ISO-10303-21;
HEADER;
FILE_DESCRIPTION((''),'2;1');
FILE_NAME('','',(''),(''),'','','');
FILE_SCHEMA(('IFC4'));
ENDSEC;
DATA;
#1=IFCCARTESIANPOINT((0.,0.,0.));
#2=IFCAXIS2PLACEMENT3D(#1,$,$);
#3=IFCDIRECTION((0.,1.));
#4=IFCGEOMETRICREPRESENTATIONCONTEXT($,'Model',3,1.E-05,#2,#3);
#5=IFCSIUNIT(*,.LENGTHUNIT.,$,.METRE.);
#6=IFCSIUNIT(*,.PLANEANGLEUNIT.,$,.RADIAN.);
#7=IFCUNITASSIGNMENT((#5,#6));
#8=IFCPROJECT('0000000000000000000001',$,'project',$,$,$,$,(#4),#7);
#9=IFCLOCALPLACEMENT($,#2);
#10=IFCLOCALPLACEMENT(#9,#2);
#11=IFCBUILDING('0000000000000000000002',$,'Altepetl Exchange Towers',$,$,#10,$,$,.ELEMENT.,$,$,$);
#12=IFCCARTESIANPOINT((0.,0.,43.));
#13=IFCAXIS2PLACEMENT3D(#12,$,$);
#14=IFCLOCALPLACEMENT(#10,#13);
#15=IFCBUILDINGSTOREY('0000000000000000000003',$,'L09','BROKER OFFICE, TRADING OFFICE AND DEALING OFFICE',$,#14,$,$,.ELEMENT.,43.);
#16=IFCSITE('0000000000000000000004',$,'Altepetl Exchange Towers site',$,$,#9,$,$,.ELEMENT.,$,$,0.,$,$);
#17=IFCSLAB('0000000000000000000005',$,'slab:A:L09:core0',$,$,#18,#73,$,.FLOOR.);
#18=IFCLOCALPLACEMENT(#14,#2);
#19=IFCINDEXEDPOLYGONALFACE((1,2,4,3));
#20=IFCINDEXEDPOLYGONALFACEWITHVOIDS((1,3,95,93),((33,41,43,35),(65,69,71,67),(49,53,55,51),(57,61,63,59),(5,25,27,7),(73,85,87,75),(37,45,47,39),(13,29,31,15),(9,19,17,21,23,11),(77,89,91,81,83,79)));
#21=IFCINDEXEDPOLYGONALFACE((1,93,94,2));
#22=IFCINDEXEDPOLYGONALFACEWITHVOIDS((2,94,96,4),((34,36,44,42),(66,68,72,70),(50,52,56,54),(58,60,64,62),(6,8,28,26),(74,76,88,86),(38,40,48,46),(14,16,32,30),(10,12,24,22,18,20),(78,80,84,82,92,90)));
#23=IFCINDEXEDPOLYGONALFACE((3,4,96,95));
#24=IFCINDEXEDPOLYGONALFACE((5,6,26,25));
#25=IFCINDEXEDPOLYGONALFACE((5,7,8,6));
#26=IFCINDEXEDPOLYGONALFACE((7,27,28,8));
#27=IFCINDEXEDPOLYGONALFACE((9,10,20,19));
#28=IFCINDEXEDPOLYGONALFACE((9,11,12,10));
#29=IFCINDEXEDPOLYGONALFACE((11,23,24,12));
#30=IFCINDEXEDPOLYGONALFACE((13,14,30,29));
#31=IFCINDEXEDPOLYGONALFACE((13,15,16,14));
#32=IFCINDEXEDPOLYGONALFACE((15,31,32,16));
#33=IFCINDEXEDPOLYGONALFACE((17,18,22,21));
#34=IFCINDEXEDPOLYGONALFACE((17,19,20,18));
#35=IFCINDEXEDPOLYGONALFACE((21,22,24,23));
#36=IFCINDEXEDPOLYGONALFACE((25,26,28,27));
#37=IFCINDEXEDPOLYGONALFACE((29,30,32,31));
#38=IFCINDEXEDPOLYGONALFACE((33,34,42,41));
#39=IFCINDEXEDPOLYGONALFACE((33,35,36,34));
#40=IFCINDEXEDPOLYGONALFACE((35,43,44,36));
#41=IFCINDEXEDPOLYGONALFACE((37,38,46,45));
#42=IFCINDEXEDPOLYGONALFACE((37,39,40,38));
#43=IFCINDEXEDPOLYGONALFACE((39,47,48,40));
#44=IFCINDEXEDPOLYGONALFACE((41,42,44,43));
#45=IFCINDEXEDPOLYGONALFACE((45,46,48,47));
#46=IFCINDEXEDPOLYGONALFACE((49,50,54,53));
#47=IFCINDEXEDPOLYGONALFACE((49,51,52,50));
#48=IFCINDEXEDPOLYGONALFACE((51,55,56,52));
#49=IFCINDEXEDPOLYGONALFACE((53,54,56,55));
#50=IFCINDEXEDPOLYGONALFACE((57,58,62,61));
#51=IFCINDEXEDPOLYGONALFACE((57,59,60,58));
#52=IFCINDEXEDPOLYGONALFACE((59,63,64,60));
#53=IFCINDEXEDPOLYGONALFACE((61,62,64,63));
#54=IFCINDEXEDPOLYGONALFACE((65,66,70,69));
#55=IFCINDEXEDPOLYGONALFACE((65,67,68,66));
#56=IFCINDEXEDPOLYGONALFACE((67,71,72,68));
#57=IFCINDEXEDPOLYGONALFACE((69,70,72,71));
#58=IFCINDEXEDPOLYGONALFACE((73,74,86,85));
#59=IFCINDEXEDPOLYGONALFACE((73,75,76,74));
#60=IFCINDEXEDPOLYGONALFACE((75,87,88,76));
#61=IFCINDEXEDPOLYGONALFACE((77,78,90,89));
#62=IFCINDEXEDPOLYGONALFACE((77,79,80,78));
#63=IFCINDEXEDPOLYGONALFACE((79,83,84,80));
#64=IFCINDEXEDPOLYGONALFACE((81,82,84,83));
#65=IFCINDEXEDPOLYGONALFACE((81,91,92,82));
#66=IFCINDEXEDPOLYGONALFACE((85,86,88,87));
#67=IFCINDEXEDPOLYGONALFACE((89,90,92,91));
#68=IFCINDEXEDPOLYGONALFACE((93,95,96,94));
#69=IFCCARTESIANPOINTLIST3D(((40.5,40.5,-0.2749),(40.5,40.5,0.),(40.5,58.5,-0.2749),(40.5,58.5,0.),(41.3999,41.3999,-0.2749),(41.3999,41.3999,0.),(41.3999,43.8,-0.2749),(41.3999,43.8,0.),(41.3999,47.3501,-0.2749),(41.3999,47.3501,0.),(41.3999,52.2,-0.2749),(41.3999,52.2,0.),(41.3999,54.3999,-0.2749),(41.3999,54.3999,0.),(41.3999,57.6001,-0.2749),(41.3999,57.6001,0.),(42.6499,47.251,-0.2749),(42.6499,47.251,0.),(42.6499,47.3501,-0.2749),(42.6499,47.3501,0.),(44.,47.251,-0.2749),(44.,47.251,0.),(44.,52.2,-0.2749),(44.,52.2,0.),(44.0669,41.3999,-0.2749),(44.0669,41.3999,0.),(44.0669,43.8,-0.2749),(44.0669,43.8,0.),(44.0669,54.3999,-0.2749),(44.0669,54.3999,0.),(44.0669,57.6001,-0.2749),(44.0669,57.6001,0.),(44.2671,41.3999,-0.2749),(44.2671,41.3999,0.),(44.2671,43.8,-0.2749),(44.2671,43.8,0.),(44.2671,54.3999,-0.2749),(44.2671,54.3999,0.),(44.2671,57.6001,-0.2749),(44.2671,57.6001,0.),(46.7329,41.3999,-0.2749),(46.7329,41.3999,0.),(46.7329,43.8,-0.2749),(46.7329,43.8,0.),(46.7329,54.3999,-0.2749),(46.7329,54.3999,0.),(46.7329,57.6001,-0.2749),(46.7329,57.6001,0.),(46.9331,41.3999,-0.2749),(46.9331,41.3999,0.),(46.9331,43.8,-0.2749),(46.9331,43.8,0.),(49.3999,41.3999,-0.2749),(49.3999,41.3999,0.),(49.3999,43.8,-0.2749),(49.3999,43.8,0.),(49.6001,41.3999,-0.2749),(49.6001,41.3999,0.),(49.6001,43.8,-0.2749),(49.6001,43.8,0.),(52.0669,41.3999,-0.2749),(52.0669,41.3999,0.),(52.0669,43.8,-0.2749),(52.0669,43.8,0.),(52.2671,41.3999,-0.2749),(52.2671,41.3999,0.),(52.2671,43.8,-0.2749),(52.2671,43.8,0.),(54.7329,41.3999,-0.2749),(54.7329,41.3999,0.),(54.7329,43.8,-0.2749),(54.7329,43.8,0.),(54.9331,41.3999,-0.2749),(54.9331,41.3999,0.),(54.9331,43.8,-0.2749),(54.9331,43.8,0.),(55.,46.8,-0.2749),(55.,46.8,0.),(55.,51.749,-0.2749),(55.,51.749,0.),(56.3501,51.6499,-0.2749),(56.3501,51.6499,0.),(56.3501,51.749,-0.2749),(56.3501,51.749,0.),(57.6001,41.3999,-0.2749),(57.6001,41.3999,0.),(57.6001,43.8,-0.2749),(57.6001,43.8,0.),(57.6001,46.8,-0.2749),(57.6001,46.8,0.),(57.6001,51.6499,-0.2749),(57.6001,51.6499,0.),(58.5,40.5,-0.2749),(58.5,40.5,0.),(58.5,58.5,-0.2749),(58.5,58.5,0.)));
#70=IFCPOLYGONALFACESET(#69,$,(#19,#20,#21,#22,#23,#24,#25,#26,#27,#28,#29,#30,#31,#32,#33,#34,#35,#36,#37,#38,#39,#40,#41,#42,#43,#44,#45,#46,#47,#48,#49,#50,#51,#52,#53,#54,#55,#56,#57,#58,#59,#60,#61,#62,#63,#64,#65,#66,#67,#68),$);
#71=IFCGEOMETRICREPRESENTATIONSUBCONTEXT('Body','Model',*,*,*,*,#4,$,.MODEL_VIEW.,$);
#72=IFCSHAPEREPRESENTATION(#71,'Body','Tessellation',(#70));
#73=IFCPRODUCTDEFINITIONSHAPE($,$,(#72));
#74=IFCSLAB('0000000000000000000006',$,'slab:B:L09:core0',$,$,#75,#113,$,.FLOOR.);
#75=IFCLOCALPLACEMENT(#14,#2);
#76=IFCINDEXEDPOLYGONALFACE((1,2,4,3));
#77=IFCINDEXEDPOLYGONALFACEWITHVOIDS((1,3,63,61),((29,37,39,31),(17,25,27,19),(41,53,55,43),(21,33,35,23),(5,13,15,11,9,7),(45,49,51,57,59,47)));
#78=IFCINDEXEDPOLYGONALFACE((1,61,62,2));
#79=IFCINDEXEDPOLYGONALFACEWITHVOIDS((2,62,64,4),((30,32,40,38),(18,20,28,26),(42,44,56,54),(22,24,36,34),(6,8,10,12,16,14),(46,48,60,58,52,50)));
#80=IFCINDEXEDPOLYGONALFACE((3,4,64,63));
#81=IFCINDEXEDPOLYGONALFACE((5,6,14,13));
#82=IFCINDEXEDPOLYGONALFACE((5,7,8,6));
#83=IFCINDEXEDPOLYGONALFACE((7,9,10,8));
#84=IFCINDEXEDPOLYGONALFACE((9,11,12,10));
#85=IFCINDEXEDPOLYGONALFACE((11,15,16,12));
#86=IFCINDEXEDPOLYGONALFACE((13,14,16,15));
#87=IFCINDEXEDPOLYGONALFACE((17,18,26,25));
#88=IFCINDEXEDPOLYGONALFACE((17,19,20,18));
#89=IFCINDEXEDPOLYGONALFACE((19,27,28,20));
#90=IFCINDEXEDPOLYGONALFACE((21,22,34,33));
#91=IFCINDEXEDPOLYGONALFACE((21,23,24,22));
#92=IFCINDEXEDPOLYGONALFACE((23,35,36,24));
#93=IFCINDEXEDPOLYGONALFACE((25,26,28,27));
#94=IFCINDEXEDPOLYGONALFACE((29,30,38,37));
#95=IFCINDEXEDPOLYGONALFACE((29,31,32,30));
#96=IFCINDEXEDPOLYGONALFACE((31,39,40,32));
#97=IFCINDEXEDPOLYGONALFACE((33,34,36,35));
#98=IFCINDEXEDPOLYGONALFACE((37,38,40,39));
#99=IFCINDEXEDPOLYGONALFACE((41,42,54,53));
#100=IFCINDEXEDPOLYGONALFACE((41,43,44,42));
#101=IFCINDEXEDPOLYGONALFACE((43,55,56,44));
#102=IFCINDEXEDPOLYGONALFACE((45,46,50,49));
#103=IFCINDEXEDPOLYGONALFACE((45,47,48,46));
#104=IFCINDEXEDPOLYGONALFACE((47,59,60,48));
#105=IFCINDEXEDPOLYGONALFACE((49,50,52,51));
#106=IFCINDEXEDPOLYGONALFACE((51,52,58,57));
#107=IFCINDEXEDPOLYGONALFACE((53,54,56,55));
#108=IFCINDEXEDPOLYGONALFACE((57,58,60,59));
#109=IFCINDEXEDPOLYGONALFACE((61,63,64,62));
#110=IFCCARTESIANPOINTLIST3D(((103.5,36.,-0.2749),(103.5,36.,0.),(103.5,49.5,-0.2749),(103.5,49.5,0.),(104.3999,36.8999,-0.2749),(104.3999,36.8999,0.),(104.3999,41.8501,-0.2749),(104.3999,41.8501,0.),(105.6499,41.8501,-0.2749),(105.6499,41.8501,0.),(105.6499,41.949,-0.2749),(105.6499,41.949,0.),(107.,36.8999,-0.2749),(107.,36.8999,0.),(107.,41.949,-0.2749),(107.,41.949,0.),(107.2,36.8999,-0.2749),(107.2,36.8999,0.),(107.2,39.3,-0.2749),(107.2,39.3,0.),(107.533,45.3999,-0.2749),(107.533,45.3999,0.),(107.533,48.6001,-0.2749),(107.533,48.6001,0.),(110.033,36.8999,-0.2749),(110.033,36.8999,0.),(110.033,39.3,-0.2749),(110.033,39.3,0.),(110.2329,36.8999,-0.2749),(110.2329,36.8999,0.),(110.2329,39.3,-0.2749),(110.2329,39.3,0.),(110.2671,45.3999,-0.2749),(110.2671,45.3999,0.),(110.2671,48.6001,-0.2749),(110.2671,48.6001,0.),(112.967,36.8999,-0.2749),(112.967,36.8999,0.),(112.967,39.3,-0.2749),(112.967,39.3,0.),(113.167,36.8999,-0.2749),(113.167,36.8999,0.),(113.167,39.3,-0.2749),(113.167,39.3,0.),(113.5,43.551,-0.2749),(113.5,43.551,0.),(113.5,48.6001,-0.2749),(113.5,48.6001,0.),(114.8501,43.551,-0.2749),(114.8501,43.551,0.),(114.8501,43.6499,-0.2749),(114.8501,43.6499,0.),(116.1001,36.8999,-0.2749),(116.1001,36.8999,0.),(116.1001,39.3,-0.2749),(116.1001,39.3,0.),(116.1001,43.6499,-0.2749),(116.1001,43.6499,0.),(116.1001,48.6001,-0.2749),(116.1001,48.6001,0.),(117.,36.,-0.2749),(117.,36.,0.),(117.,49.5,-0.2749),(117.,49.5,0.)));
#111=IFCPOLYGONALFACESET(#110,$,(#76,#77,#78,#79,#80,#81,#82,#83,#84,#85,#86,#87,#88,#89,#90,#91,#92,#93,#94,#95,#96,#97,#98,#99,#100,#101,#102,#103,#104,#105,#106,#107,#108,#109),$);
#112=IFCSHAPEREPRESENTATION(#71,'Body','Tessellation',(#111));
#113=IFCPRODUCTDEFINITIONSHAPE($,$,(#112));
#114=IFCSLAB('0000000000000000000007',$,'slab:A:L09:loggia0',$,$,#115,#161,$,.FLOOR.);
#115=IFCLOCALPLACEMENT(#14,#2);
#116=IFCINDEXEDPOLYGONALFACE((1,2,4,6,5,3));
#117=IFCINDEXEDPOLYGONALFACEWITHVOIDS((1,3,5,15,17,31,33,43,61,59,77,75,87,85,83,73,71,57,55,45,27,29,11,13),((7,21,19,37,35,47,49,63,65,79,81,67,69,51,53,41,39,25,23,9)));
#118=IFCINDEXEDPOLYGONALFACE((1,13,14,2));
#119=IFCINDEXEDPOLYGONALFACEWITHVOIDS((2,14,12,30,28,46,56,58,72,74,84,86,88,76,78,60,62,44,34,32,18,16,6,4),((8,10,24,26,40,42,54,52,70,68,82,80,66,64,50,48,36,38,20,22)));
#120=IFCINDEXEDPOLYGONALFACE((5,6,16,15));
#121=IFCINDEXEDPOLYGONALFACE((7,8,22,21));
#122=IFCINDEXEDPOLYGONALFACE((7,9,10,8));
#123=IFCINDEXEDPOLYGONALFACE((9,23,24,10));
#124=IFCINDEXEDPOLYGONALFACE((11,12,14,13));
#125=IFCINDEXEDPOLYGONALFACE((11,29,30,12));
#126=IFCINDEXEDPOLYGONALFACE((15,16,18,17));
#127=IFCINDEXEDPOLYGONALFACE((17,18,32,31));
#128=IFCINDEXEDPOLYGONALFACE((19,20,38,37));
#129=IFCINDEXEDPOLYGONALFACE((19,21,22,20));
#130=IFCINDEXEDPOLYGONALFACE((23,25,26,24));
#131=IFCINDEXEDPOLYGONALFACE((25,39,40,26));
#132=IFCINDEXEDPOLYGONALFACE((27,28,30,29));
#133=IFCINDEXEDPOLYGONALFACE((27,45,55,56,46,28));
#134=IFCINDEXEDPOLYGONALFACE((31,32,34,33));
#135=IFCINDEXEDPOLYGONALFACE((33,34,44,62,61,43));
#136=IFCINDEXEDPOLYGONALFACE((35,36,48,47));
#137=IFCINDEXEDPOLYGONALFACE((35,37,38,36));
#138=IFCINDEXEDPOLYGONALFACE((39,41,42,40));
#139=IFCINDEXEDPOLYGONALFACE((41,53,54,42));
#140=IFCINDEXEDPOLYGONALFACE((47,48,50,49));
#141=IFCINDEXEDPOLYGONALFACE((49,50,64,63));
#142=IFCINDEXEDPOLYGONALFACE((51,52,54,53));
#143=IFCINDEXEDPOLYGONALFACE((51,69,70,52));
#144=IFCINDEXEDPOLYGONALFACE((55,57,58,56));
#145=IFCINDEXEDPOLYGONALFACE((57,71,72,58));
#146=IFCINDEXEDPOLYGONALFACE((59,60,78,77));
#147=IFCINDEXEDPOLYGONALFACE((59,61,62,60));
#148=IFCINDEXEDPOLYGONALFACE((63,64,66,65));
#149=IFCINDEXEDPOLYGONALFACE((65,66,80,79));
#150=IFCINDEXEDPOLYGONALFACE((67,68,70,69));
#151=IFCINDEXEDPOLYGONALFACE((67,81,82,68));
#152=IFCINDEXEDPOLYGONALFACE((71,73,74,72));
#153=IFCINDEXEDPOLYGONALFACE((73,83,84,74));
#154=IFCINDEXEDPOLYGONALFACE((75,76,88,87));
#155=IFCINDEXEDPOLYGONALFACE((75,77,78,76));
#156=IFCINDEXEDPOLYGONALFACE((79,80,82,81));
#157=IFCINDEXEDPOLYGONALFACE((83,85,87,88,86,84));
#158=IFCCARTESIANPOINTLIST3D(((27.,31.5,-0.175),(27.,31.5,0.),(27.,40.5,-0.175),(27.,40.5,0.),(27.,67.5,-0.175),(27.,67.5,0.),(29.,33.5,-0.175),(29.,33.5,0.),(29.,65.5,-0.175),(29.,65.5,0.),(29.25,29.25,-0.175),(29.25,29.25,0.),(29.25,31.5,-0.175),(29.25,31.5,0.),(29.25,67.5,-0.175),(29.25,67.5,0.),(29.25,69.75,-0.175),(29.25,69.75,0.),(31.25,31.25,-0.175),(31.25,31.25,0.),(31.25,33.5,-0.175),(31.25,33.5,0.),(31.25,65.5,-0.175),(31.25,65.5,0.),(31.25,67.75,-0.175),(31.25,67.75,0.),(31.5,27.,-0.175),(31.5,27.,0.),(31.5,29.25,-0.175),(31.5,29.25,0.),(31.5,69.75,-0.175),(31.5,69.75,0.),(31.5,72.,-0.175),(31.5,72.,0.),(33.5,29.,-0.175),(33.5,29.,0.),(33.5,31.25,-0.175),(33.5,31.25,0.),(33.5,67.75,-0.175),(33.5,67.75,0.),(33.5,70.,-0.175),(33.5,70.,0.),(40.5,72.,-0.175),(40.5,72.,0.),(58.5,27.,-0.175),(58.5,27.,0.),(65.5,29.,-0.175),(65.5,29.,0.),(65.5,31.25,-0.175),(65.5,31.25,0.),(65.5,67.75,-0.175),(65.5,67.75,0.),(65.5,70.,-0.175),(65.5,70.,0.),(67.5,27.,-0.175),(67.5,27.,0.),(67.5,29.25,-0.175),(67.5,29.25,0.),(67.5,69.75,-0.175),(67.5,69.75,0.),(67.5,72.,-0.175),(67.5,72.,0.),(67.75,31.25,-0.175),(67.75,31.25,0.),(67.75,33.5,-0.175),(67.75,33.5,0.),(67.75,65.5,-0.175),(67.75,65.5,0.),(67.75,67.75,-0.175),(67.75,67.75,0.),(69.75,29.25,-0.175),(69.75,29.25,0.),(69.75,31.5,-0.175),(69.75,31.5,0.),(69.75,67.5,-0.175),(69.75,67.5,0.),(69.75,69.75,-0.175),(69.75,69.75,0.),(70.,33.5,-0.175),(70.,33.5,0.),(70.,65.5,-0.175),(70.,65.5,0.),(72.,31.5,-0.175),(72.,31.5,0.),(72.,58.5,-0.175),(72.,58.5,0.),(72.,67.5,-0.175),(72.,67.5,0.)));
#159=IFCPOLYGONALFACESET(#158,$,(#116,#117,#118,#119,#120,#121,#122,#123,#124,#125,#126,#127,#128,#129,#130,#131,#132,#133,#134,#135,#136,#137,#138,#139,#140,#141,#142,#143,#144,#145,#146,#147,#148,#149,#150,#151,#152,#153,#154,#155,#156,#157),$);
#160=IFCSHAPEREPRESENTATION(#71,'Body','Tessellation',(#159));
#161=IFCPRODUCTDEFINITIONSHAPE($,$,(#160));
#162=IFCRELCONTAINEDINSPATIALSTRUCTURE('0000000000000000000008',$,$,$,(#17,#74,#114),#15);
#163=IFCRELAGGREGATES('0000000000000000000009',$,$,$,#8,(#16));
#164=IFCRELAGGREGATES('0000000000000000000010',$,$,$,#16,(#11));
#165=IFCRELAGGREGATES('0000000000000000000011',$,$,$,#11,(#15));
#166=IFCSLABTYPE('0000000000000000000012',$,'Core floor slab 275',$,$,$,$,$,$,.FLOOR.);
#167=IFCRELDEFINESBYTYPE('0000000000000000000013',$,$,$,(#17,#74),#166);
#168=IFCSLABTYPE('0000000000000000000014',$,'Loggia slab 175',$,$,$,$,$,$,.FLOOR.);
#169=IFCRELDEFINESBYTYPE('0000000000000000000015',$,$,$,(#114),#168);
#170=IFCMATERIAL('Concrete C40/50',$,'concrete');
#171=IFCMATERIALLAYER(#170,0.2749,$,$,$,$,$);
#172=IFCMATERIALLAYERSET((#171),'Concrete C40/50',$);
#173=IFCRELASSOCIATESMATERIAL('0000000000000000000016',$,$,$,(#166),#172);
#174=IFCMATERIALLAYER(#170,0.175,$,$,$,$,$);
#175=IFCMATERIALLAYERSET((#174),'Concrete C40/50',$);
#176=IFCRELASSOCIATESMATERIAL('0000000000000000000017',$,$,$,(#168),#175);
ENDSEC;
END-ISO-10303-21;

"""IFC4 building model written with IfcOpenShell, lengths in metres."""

from ifc_helpers import new_model, si_unit, direction, frame, origin, place, context, subcontext, project, spatial, polyline, outline, extrude, material, layer, layer_set, type_object, element, save


model = new_model("IFC4")

# Units and contexts
model_context = context("Model", 3, precision=1e-05, world=origin(), true_north=direction((0.0, 1.0)))
body_context = subcontext(model_context, "Body", "Model", "MODEL_VIEW")
ifc_project = project(units=[si_unit("LENGTHUNIT", "METRE"), si_unit("PLANEANGLEUNIT", "RADIAN")], contexts=[model_context])

# Site, building, storey
site_placement = place(None, origin())
site = spatial("IfcSite", under=ifc_project, at=site_placement, Name="Altepetl Exchange Towers site", CompositionType="ELEMENT", RefElevation=0.0)
building_placement = place(site_placement, origin())
building = spatial("IfcBuilding", under=site, at=building_placement, Name="Altepetl Exchange Towers", CompositionType="ELEMENT")
storey_placement = place(building_placement, frame((0.0, 0.0, 43.0)))
storey = spatial("IfcBuildingStorey", under=building, at=storey_placement, Name="L09", Description="BROKER OFFICE, TRADING OFFICE AND DEALING OFFICE", CompositionType="ELEMENT", Elevation=43.0)

# Slabs
ifc_material_1 = material(Name="Concrete C40/50", Category="concrete")
ifc_layer_1 = layer(ifc_material_1, 0.2749)
ifc_layer_set_1 = layer_set([ifc_layer_1], Name="Concrete C40/50")
slab_type_1 = type_object("IfcSlabType", Name="Core floor slab 275", PredefinedType="FLOOR", material=ifc_layer_set_1)
slab_1_placement = place(storey_placement, frame((0.0, 0.0, -0.2749)))
element("IfcSlab", 1, at=slab_1_placement, inside=storey, type_object=slab_type_1, Name="slab:A:L09:core0", PredefinedType="FLOOR", context=body_context, shape_type="SweptSolid", body=[
    extrude(outline(polyline([(40.5, 40.5), (58.5, 40.5), (58.5, 58.5), (40.5, 58.5), (40.5, 40.5)]), holes=[polyline([(41.3999, 43.8), (44.0669, 43.8), (44.0669, 41.3999), (41.3999, 41.3999), (41.3999, 43.8)]), polyline([(44.2671, 43.8), (46.7329, 43.8), (46.7329, 41.3999), (44.2671, 41.3999), (44.2671, 43.8)]), polyline([(46.9331, 43.8), (49.3999, 43.8), (49.3999, 41.3999), (46.9331, 41.3999), (46.9331, 43.8)]), polyline([(52.0669, 43.8), (52.0669, 41.3999), (49.6001, 41.3999), (49.6001, 43.8), (52.0669, 43.8)]), polyline([(54.7329, 43.8), (54.7329, 41.3999), (52.2671, 41.3999), (52.2671, 43.8), (54.7329, 43.8)]), polyline([(54.9331, 43.8), (57.6001, 43.8), (57.6001, 41.3999), (54.9331, 41.3999), (54.9331, 43.8)]), polyline([(55.0, 51.749), (56.3501, 51.749), (56.3501, 51.6499), (57.6001, 51.6499), (57.6001, 46.8), (55.0, 46.8), (55.0, 51.749)]), polyline([(44.0, 47.251), (42.6499, 47.251), (42.6499, 47.3501), (41.3999, 47.3501), (41.3999, 52.2), (44.0, 52.2), (44.0, 47.251)]), polyline([(44.0669, 57.6001), (44.0669, 54.3999), (41.3999, 54.3999), (41.3999, 57.6001), (44.0669, 57.6001)]), polyline([(46.7329, 57.6001), (46.7329, 54.3999), (44.2671, 54.3999), (44.2671, 57.6001), (46.7329, 57.6001)])]), origin(), (0.0, 0.0, 1.0), 0.2749),
])
slab_2_placement = place(storey_placement, frame((0.0, 0.0, -0.2749)))
element("IfcSlab", 2, at=slab_2_placement, inside=storey, type_object=slab_type_1, Name="slab:B:L09:core0", PredefinedType="FLOOR", context=body_context, shape_type="SweptSolid", body=[
    extrude(outline(polyline([(103.5, 36.0), (117.0, 36.0), (117.0, 49.5), (103.5, 49.5), (103.5, 36.0)]), holes=[polyline([(107.2, 36.8999), (107.2, 39.3), (110.033, 39.3), (110.033, 36.8999), (107.2, 36.8999)]), polyline([(110.2329, 39.3), (112.967, 39.3), (112.967, 36.8999), (110.2329, 36.8999), (110.2329, 39.3)]), polyline([(113.167, 39.3), (116.1001, 39.3), (116.1001, 36.8999), (113.167, 36.8999), (113.167, 39.3)]), polyline([(107.0, 36.8999), (104.3999, 36.8999), (104.3999, 41.8501), (105.6499, 41.8501), (105.6499, 41.949), (107.0, 41.949), (107.0, 36.8999)]), polyline([(116.1001, 48.6001), (116.1001, 43.6499), (114.8501, 43.6499), (114.8501, 43.551), (113.5, 43.551), (113.5, 48.6001), (116.1001, 48.6001)]), polyline([(107.533, 48.6001), (110.2671, 48.6001), (110.2671, 45.3999), (107.533, 45.3999), (107.533, 48.6001)])]), origin(), (0.0, 0.0, 1.0), 0.2749),
])
ifc_layer_2 = layer(ifc_material_1, 0.175)
ifc_layer_set_2 = layer_set([ifc_layer_2], Name="Concrete C40/50")
slab_type_2 = type_object("IfcSlabType", Name="Loggia slab 175", PredefinedType="FLOOR", material=ifc_layer_set_2)
slab_3_placement = place(storey_placement, frame((0.0, 0.0, -0.175)))
element("IfcSlab", 3, at=slab_3_placement, inside=storey, type_object=slab_type_2, Name="slab:A:L09:loggia0", PredefinedType="FLOOR", context=body_context, shape_type="SweptSolid", body=[
    extrude(outline(polyline([(29.25, 67.5), (27.0, 67.5), (27.0, 40.5), (27.0, 31.5), (29.25, 31.5), (29.25, 29.25), (31.5, 29.25), (31.5, 27.0), (58.5, 27.0), (67.5, 27.0), (67.5, 29.25), (69.75, 29.25), (69.75, 31.5), (72.0, 31.5), (72.0, 58.5), (72.0, 67.5), (69.75, 67.5), (69.75, 69.75), (67.5, 69.75), (67.5, 72.0), (40.5, 72.0), (31.5, 72.0), (31.5, 69.75), (29.25, 69.75), (29.25, 67.5)]), holes=[polyline([(29.0, 65.5), (31.25, 65.5), (31.25, 67.75), (33.5, 67.75), (33.5, 70.0), (65.5, 70.0), (65.5, 67.75), (67.75, 67.75), (67.75, 65.5), (70.0, 65.5), (70.0, 33.5), (67.75, 33.5), (67.75, 31.25), (65.5, 31.25), (65.5, 29.0), (33.5, 29.0), (33.5, 31.25), (31.25, 31.25), (31.25, 33.5), (29.0, 33.5), (29.0, 65.5)])]), origin(), (0.0, 0.0, 1.0), 0.175),
])

save(model, "model.ifc")
